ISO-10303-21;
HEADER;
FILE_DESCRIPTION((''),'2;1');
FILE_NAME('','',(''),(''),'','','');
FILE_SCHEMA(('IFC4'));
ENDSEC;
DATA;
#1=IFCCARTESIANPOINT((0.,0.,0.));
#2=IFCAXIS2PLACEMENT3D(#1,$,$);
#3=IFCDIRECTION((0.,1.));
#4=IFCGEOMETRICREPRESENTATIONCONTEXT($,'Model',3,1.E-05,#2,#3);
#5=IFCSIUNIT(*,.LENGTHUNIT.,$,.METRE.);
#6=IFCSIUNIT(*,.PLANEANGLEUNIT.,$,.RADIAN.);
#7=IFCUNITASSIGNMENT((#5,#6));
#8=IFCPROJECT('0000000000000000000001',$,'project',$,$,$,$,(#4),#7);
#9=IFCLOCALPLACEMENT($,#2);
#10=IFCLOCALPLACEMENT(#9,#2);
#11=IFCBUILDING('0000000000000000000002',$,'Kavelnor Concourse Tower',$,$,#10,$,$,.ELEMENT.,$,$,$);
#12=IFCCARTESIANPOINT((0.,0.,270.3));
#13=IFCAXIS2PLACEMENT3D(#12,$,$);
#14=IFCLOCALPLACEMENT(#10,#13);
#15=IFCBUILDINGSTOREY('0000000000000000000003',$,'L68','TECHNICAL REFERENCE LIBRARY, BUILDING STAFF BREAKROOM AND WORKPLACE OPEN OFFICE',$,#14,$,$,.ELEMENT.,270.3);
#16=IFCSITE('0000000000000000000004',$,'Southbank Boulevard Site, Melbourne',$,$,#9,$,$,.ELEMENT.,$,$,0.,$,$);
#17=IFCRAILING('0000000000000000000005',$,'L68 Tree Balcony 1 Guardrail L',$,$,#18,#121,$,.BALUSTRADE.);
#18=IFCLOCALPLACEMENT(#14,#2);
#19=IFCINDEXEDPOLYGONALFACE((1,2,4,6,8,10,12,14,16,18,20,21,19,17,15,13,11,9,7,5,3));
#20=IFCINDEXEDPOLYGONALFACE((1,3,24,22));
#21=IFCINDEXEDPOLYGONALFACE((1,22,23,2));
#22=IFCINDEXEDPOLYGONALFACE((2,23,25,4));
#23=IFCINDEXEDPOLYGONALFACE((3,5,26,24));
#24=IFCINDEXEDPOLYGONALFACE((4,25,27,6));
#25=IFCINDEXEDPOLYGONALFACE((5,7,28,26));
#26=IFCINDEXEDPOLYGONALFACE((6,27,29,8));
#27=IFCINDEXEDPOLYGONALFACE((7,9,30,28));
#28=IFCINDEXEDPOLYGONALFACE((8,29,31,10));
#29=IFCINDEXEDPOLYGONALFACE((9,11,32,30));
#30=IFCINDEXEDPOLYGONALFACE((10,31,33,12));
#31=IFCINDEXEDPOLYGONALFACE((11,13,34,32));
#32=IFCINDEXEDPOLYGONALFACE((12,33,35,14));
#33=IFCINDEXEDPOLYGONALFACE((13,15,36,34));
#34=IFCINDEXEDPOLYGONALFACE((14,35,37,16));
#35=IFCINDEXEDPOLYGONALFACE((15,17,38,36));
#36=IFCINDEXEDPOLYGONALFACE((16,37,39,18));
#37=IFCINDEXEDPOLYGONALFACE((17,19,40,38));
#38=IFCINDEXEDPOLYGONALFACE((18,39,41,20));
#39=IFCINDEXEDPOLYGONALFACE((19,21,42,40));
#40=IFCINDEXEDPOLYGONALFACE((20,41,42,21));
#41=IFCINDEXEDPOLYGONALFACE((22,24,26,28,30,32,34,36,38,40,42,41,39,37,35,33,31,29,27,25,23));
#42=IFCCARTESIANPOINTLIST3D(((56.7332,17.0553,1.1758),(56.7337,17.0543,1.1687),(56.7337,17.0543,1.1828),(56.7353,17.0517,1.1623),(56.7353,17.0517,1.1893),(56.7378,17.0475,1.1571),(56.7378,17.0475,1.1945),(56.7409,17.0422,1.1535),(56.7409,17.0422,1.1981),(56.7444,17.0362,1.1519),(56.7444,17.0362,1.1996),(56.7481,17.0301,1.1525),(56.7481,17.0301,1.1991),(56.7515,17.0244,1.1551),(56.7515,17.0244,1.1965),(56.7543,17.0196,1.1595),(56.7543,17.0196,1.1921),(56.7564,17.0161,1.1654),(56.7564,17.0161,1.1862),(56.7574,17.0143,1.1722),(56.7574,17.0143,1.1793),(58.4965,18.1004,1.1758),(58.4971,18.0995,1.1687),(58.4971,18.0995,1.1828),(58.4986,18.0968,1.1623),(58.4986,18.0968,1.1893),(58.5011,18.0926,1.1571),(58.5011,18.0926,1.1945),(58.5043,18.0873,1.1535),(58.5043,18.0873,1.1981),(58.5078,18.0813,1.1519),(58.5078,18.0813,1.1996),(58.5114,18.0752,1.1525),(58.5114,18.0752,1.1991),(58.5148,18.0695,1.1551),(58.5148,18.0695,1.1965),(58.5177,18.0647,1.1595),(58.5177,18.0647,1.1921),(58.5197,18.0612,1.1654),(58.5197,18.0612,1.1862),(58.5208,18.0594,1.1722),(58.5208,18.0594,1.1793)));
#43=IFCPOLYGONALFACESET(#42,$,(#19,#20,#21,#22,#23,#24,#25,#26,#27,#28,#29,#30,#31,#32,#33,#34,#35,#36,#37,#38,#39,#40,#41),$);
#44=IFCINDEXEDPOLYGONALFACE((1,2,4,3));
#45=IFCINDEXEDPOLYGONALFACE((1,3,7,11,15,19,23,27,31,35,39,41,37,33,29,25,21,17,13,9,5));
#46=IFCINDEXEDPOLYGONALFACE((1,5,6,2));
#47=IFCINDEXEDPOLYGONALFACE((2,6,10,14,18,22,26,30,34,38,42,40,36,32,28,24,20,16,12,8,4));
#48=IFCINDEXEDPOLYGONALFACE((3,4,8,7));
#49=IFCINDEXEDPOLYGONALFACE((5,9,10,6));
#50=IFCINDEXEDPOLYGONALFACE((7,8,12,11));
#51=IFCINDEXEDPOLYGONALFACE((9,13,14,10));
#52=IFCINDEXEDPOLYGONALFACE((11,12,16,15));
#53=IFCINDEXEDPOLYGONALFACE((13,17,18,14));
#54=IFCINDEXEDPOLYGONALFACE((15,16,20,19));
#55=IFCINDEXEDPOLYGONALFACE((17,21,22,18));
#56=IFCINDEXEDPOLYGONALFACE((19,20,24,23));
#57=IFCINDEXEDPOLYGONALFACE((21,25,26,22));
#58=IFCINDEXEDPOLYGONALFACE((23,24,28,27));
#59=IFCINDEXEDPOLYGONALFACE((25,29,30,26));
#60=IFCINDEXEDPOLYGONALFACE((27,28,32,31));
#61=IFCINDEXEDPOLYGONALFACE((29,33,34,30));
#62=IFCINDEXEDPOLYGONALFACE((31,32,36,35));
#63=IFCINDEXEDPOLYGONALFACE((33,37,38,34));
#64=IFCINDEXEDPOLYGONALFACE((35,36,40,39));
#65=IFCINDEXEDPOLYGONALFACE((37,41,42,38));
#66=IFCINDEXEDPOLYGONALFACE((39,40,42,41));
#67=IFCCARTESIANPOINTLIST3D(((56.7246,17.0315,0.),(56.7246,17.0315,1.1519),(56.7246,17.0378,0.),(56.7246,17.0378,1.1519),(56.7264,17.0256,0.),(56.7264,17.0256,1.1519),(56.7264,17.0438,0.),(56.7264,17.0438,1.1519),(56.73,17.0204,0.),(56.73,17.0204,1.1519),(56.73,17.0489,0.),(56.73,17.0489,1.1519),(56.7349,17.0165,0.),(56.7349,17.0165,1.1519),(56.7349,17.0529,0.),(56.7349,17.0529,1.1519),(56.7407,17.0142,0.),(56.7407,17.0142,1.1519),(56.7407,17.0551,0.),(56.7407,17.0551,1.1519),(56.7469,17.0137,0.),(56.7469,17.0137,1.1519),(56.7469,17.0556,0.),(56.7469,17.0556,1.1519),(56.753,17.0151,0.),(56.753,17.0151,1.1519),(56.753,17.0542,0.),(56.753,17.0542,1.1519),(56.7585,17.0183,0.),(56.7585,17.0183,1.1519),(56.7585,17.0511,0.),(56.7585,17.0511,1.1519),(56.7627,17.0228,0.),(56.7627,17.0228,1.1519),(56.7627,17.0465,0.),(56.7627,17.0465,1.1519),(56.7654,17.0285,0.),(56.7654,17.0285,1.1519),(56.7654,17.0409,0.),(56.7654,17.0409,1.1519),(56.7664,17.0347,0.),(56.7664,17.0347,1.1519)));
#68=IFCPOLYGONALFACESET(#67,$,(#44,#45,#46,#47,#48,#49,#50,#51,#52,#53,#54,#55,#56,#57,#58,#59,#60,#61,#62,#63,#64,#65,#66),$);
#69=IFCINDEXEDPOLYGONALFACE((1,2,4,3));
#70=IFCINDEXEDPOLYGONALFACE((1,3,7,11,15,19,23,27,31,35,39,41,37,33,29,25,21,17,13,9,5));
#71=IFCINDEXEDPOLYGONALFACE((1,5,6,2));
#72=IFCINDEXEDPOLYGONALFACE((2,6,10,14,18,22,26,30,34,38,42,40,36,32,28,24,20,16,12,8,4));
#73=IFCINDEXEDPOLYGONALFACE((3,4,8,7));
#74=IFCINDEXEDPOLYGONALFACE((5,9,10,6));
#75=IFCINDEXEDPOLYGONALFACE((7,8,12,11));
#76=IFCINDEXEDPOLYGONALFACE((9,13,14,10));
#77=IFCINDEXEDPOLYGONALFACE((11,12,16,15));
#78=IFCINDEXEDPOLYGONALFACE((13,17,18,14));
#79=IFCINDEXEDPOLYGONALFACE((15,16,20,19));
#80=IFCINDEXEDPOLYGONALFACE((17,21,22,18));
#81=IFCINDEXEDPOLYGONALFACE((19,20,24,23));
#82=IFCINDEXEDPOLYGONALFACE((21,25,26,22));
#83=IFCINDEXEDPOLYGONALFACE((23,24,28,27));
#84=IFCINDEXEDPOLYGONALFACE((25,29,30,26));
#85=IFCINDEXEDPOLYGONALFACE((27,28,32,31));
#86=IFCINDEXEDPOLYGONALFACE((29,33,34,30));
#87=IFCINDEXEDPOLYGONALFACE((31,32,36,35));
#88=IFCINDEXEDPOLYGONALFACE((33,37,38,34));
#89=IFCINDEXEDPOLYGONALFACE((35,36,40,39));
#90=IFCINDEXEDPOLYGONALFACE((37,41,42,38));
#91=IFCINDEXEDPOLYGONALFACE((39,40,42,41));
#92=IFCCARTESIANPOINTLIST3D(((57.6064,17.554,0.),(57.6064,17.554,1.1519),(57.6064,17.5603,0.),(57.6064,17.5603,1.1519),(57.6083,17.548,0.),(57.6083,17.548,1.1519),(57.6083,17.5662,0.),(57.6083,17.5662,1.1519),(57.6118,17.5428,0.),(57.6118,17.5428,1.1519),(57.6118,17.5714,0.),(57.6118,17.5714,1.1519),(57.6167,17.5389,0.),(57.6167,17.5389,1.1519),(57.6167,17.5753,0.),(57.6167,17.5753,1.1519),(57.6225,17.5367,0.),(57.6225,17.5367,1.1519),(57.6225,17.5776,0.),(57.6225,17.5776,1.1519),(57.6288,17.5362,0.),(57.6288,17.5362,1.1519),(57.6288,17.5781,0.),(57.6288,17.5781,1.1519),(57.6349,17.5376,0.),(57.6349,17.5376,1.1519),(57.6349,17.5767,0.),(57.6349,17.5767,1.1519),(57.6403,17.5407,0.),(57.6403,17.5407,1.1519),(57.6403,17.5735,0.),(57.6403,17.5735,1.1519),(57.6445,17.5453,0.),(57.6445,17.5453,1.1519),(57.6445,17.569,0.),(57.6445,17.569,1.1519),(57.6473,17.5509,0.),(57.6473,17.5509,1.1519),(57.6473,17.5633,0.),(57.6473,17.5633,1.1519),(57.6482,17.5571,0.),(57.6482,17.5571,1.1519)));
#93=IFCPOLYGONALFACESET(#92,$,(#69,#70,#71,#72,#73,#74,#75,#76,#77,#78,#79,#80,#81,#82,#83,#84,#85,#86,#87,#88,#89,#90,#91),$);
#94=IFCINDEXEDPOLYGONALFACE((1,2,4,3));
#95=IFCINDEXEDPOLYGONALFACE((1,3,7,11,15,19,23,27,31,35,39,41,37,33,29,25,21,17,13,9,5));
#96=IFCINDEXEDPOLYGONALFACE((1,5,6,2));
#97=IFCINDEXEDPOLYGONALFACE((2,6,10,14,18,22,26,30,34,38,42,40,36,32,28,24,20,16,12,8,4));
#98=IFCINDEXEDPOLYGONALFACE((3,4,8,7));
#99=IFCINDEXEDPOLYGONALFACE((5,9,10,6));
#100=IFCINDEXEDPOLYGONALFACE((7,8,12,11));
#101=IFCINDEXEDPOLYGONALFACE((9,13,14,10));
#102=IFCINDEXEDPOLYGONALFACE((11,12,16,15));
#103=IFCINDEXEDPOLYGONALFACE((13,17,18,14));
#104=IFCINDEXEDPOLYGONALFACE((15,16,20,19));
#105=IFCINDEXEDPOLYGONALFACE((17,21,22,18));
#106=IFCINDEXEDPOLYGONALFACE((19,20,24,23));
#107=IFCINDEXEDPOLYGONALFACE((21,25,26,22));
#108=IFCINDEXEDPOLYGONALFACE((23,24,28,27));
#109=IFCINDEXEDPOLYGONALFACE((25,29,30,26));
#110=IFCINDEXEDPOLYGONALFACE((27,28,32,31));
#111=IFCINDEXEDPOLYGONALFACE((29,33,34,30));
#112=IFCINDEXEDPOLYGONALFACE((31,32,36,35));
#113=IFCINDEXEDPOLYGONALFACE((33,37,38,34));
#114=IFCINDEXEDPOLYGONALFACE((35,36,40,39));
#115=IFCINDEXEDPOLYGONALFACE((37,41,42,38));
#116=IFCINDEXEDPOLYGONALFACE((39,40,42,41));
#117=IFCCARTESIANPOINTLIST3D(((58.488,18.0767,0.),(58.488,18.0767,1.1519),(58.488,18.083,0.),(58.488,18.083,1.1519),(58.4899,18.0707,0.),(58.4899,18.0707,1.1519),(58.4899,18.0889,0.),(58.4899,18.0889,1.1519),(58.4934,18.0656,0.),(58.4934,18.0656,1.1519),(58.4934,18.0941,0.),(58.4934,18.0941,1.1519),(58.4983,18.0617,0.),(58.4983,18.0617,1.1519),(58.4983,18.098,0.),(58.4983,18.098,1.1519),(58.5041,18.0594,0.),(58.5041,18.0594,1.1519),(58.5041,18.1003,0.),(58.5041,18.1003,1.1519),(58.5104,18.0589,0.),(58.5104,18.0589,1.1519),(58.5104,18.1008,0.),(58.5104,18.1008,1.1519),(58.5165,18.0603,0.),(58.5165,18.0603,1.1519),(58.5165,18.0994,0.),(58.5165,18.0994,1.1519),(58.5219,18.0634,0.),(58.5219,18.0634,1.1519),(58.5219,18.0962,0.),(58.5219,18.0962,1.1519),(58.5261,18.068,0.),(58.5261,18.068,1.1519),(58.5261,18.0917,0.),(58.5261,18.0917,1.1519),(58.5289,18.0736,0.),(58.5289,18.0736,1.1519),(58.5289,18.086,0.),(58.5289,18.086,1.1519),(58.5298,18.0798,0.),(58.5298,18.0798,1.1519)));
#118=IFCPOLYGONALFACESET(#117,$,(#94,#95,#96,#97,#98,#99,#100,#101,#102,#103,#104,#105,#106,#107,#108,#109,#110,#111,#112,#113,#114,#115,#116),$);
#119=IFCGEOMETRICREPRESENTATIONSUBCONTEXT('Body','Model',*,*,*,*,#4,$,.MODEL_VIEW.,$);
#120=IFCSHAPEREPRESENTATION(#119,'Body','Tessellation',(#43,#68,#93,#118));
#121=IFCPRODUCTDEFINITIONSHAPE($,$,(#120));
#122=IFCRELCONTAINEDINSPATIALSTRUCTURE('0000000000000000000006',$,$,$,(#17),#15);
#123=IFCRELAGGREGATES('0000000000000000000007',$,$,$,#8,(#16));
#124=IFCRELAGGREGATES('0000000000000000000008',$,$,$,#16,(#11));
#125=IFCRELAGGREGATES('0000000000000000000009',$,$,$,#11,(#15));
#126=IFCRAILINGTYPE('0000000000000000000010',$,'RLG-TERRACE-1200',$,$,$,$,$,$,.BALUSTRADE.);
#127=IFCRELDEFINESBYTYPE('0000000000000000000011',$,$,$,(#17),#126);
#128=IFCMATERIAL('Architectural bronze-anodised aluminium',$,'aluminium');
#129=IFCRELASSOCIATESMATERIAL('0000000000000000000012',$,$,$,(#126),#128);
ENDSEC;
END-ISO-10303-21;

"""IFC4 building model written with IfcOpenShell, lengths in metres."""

from ifc_helpers import new_model, si_unit, direction, frame, origin, origin_2d, place, context, subcontext, project, spatial, circle, extrude, material, type_object, element, save


model = new_model("IFC4")

# Units and contexts
model_context = context("Model", 3, precision=1e-05, world=origin(), true_north=direction((0.0, 1.0)))
body_context = subcontext(model_context, "Body", "Model", "MODEL_VIEW")
ifc_project = project(units=[si_unit("LENGTHUNIT", "METRE"), si_unit("PLANEANGLEUNIT", "RADIAN")], contexts=[model_context])

# Site, building, storey
site_placement = place(None, origin())
site = spatial("IfcSite", under=ifc_project, at=site_placement, Name="Southbank Boulevard Site, Melbourne", CompositionType="ELEMENT", RefElevation=0.0)
building_placement = place(site_placement, origin())
building = spatial("IfcBuilding", under=site, at=building_placement, Name="Kavelnor Concourse Tower", CompositionType="ELEMENT")
storey_placement = place(building_placement, frame((0.0, 0.0, 270.3)))
storey = spatial("IfcBuildingStorey", under=building, at=storey_placement, Name="L68", Description="TECHNICAL REFERENCE LIBRARY, BUILDING STAFF BREAKROOM AND WORKPLACE OPEN OFFICE", CompositionType="ELEMENT", Elevation=270.3)

# Railing
ifc_material_1 = material(Name="Architectural bronze-anodised aluminium", Category="aluminium")
railing_type_1 = type_object("IfcRailingType", Name="RLG-TERRACE-1200", PredefinedType="BALUSTRADE", material=ifc_material_1)
railing_1_placement = place(storey_placement, frame((56.7454, 17.0347, 0.0)))
element("IfcRailing", 1, at=railing_1_placement, inside=storey, type_object=railing_type_1, Name="L68 Tree Balcony 1 Guardrail L", PredefinedType="BALUSTRADE", context=body_context, shape_type="SweptSolid", body=[
    extrude(circle(Radius=0.0239, at=origin_2d()), frame((0.0, 0.0, 1.1758), z_axis=(0.860255, 0.509864, 0.0), x_axis=(-0.509864, 0.860255, 0.0)), (0.0, 0.0, 1.0), 2.0498),
    extrude(circle(Radius=0.021, at=origin_2d()), origin(), (0.0, 0.0, 1.0), 1.1519),
    extrude(circle(Radius=0.021, at=origin_2d()), frame((0.8818, 0.5225, 0.0)), (0.0, 0.0, 1.0), 1.1519),
    extrude(circle(Radius=0.021, at=origin_2d()), frame((1.7634, 1.0452, 0.0)), (0.0, 0.0, 1.0), 1.1519),
])

save(model, "model.ifc")
